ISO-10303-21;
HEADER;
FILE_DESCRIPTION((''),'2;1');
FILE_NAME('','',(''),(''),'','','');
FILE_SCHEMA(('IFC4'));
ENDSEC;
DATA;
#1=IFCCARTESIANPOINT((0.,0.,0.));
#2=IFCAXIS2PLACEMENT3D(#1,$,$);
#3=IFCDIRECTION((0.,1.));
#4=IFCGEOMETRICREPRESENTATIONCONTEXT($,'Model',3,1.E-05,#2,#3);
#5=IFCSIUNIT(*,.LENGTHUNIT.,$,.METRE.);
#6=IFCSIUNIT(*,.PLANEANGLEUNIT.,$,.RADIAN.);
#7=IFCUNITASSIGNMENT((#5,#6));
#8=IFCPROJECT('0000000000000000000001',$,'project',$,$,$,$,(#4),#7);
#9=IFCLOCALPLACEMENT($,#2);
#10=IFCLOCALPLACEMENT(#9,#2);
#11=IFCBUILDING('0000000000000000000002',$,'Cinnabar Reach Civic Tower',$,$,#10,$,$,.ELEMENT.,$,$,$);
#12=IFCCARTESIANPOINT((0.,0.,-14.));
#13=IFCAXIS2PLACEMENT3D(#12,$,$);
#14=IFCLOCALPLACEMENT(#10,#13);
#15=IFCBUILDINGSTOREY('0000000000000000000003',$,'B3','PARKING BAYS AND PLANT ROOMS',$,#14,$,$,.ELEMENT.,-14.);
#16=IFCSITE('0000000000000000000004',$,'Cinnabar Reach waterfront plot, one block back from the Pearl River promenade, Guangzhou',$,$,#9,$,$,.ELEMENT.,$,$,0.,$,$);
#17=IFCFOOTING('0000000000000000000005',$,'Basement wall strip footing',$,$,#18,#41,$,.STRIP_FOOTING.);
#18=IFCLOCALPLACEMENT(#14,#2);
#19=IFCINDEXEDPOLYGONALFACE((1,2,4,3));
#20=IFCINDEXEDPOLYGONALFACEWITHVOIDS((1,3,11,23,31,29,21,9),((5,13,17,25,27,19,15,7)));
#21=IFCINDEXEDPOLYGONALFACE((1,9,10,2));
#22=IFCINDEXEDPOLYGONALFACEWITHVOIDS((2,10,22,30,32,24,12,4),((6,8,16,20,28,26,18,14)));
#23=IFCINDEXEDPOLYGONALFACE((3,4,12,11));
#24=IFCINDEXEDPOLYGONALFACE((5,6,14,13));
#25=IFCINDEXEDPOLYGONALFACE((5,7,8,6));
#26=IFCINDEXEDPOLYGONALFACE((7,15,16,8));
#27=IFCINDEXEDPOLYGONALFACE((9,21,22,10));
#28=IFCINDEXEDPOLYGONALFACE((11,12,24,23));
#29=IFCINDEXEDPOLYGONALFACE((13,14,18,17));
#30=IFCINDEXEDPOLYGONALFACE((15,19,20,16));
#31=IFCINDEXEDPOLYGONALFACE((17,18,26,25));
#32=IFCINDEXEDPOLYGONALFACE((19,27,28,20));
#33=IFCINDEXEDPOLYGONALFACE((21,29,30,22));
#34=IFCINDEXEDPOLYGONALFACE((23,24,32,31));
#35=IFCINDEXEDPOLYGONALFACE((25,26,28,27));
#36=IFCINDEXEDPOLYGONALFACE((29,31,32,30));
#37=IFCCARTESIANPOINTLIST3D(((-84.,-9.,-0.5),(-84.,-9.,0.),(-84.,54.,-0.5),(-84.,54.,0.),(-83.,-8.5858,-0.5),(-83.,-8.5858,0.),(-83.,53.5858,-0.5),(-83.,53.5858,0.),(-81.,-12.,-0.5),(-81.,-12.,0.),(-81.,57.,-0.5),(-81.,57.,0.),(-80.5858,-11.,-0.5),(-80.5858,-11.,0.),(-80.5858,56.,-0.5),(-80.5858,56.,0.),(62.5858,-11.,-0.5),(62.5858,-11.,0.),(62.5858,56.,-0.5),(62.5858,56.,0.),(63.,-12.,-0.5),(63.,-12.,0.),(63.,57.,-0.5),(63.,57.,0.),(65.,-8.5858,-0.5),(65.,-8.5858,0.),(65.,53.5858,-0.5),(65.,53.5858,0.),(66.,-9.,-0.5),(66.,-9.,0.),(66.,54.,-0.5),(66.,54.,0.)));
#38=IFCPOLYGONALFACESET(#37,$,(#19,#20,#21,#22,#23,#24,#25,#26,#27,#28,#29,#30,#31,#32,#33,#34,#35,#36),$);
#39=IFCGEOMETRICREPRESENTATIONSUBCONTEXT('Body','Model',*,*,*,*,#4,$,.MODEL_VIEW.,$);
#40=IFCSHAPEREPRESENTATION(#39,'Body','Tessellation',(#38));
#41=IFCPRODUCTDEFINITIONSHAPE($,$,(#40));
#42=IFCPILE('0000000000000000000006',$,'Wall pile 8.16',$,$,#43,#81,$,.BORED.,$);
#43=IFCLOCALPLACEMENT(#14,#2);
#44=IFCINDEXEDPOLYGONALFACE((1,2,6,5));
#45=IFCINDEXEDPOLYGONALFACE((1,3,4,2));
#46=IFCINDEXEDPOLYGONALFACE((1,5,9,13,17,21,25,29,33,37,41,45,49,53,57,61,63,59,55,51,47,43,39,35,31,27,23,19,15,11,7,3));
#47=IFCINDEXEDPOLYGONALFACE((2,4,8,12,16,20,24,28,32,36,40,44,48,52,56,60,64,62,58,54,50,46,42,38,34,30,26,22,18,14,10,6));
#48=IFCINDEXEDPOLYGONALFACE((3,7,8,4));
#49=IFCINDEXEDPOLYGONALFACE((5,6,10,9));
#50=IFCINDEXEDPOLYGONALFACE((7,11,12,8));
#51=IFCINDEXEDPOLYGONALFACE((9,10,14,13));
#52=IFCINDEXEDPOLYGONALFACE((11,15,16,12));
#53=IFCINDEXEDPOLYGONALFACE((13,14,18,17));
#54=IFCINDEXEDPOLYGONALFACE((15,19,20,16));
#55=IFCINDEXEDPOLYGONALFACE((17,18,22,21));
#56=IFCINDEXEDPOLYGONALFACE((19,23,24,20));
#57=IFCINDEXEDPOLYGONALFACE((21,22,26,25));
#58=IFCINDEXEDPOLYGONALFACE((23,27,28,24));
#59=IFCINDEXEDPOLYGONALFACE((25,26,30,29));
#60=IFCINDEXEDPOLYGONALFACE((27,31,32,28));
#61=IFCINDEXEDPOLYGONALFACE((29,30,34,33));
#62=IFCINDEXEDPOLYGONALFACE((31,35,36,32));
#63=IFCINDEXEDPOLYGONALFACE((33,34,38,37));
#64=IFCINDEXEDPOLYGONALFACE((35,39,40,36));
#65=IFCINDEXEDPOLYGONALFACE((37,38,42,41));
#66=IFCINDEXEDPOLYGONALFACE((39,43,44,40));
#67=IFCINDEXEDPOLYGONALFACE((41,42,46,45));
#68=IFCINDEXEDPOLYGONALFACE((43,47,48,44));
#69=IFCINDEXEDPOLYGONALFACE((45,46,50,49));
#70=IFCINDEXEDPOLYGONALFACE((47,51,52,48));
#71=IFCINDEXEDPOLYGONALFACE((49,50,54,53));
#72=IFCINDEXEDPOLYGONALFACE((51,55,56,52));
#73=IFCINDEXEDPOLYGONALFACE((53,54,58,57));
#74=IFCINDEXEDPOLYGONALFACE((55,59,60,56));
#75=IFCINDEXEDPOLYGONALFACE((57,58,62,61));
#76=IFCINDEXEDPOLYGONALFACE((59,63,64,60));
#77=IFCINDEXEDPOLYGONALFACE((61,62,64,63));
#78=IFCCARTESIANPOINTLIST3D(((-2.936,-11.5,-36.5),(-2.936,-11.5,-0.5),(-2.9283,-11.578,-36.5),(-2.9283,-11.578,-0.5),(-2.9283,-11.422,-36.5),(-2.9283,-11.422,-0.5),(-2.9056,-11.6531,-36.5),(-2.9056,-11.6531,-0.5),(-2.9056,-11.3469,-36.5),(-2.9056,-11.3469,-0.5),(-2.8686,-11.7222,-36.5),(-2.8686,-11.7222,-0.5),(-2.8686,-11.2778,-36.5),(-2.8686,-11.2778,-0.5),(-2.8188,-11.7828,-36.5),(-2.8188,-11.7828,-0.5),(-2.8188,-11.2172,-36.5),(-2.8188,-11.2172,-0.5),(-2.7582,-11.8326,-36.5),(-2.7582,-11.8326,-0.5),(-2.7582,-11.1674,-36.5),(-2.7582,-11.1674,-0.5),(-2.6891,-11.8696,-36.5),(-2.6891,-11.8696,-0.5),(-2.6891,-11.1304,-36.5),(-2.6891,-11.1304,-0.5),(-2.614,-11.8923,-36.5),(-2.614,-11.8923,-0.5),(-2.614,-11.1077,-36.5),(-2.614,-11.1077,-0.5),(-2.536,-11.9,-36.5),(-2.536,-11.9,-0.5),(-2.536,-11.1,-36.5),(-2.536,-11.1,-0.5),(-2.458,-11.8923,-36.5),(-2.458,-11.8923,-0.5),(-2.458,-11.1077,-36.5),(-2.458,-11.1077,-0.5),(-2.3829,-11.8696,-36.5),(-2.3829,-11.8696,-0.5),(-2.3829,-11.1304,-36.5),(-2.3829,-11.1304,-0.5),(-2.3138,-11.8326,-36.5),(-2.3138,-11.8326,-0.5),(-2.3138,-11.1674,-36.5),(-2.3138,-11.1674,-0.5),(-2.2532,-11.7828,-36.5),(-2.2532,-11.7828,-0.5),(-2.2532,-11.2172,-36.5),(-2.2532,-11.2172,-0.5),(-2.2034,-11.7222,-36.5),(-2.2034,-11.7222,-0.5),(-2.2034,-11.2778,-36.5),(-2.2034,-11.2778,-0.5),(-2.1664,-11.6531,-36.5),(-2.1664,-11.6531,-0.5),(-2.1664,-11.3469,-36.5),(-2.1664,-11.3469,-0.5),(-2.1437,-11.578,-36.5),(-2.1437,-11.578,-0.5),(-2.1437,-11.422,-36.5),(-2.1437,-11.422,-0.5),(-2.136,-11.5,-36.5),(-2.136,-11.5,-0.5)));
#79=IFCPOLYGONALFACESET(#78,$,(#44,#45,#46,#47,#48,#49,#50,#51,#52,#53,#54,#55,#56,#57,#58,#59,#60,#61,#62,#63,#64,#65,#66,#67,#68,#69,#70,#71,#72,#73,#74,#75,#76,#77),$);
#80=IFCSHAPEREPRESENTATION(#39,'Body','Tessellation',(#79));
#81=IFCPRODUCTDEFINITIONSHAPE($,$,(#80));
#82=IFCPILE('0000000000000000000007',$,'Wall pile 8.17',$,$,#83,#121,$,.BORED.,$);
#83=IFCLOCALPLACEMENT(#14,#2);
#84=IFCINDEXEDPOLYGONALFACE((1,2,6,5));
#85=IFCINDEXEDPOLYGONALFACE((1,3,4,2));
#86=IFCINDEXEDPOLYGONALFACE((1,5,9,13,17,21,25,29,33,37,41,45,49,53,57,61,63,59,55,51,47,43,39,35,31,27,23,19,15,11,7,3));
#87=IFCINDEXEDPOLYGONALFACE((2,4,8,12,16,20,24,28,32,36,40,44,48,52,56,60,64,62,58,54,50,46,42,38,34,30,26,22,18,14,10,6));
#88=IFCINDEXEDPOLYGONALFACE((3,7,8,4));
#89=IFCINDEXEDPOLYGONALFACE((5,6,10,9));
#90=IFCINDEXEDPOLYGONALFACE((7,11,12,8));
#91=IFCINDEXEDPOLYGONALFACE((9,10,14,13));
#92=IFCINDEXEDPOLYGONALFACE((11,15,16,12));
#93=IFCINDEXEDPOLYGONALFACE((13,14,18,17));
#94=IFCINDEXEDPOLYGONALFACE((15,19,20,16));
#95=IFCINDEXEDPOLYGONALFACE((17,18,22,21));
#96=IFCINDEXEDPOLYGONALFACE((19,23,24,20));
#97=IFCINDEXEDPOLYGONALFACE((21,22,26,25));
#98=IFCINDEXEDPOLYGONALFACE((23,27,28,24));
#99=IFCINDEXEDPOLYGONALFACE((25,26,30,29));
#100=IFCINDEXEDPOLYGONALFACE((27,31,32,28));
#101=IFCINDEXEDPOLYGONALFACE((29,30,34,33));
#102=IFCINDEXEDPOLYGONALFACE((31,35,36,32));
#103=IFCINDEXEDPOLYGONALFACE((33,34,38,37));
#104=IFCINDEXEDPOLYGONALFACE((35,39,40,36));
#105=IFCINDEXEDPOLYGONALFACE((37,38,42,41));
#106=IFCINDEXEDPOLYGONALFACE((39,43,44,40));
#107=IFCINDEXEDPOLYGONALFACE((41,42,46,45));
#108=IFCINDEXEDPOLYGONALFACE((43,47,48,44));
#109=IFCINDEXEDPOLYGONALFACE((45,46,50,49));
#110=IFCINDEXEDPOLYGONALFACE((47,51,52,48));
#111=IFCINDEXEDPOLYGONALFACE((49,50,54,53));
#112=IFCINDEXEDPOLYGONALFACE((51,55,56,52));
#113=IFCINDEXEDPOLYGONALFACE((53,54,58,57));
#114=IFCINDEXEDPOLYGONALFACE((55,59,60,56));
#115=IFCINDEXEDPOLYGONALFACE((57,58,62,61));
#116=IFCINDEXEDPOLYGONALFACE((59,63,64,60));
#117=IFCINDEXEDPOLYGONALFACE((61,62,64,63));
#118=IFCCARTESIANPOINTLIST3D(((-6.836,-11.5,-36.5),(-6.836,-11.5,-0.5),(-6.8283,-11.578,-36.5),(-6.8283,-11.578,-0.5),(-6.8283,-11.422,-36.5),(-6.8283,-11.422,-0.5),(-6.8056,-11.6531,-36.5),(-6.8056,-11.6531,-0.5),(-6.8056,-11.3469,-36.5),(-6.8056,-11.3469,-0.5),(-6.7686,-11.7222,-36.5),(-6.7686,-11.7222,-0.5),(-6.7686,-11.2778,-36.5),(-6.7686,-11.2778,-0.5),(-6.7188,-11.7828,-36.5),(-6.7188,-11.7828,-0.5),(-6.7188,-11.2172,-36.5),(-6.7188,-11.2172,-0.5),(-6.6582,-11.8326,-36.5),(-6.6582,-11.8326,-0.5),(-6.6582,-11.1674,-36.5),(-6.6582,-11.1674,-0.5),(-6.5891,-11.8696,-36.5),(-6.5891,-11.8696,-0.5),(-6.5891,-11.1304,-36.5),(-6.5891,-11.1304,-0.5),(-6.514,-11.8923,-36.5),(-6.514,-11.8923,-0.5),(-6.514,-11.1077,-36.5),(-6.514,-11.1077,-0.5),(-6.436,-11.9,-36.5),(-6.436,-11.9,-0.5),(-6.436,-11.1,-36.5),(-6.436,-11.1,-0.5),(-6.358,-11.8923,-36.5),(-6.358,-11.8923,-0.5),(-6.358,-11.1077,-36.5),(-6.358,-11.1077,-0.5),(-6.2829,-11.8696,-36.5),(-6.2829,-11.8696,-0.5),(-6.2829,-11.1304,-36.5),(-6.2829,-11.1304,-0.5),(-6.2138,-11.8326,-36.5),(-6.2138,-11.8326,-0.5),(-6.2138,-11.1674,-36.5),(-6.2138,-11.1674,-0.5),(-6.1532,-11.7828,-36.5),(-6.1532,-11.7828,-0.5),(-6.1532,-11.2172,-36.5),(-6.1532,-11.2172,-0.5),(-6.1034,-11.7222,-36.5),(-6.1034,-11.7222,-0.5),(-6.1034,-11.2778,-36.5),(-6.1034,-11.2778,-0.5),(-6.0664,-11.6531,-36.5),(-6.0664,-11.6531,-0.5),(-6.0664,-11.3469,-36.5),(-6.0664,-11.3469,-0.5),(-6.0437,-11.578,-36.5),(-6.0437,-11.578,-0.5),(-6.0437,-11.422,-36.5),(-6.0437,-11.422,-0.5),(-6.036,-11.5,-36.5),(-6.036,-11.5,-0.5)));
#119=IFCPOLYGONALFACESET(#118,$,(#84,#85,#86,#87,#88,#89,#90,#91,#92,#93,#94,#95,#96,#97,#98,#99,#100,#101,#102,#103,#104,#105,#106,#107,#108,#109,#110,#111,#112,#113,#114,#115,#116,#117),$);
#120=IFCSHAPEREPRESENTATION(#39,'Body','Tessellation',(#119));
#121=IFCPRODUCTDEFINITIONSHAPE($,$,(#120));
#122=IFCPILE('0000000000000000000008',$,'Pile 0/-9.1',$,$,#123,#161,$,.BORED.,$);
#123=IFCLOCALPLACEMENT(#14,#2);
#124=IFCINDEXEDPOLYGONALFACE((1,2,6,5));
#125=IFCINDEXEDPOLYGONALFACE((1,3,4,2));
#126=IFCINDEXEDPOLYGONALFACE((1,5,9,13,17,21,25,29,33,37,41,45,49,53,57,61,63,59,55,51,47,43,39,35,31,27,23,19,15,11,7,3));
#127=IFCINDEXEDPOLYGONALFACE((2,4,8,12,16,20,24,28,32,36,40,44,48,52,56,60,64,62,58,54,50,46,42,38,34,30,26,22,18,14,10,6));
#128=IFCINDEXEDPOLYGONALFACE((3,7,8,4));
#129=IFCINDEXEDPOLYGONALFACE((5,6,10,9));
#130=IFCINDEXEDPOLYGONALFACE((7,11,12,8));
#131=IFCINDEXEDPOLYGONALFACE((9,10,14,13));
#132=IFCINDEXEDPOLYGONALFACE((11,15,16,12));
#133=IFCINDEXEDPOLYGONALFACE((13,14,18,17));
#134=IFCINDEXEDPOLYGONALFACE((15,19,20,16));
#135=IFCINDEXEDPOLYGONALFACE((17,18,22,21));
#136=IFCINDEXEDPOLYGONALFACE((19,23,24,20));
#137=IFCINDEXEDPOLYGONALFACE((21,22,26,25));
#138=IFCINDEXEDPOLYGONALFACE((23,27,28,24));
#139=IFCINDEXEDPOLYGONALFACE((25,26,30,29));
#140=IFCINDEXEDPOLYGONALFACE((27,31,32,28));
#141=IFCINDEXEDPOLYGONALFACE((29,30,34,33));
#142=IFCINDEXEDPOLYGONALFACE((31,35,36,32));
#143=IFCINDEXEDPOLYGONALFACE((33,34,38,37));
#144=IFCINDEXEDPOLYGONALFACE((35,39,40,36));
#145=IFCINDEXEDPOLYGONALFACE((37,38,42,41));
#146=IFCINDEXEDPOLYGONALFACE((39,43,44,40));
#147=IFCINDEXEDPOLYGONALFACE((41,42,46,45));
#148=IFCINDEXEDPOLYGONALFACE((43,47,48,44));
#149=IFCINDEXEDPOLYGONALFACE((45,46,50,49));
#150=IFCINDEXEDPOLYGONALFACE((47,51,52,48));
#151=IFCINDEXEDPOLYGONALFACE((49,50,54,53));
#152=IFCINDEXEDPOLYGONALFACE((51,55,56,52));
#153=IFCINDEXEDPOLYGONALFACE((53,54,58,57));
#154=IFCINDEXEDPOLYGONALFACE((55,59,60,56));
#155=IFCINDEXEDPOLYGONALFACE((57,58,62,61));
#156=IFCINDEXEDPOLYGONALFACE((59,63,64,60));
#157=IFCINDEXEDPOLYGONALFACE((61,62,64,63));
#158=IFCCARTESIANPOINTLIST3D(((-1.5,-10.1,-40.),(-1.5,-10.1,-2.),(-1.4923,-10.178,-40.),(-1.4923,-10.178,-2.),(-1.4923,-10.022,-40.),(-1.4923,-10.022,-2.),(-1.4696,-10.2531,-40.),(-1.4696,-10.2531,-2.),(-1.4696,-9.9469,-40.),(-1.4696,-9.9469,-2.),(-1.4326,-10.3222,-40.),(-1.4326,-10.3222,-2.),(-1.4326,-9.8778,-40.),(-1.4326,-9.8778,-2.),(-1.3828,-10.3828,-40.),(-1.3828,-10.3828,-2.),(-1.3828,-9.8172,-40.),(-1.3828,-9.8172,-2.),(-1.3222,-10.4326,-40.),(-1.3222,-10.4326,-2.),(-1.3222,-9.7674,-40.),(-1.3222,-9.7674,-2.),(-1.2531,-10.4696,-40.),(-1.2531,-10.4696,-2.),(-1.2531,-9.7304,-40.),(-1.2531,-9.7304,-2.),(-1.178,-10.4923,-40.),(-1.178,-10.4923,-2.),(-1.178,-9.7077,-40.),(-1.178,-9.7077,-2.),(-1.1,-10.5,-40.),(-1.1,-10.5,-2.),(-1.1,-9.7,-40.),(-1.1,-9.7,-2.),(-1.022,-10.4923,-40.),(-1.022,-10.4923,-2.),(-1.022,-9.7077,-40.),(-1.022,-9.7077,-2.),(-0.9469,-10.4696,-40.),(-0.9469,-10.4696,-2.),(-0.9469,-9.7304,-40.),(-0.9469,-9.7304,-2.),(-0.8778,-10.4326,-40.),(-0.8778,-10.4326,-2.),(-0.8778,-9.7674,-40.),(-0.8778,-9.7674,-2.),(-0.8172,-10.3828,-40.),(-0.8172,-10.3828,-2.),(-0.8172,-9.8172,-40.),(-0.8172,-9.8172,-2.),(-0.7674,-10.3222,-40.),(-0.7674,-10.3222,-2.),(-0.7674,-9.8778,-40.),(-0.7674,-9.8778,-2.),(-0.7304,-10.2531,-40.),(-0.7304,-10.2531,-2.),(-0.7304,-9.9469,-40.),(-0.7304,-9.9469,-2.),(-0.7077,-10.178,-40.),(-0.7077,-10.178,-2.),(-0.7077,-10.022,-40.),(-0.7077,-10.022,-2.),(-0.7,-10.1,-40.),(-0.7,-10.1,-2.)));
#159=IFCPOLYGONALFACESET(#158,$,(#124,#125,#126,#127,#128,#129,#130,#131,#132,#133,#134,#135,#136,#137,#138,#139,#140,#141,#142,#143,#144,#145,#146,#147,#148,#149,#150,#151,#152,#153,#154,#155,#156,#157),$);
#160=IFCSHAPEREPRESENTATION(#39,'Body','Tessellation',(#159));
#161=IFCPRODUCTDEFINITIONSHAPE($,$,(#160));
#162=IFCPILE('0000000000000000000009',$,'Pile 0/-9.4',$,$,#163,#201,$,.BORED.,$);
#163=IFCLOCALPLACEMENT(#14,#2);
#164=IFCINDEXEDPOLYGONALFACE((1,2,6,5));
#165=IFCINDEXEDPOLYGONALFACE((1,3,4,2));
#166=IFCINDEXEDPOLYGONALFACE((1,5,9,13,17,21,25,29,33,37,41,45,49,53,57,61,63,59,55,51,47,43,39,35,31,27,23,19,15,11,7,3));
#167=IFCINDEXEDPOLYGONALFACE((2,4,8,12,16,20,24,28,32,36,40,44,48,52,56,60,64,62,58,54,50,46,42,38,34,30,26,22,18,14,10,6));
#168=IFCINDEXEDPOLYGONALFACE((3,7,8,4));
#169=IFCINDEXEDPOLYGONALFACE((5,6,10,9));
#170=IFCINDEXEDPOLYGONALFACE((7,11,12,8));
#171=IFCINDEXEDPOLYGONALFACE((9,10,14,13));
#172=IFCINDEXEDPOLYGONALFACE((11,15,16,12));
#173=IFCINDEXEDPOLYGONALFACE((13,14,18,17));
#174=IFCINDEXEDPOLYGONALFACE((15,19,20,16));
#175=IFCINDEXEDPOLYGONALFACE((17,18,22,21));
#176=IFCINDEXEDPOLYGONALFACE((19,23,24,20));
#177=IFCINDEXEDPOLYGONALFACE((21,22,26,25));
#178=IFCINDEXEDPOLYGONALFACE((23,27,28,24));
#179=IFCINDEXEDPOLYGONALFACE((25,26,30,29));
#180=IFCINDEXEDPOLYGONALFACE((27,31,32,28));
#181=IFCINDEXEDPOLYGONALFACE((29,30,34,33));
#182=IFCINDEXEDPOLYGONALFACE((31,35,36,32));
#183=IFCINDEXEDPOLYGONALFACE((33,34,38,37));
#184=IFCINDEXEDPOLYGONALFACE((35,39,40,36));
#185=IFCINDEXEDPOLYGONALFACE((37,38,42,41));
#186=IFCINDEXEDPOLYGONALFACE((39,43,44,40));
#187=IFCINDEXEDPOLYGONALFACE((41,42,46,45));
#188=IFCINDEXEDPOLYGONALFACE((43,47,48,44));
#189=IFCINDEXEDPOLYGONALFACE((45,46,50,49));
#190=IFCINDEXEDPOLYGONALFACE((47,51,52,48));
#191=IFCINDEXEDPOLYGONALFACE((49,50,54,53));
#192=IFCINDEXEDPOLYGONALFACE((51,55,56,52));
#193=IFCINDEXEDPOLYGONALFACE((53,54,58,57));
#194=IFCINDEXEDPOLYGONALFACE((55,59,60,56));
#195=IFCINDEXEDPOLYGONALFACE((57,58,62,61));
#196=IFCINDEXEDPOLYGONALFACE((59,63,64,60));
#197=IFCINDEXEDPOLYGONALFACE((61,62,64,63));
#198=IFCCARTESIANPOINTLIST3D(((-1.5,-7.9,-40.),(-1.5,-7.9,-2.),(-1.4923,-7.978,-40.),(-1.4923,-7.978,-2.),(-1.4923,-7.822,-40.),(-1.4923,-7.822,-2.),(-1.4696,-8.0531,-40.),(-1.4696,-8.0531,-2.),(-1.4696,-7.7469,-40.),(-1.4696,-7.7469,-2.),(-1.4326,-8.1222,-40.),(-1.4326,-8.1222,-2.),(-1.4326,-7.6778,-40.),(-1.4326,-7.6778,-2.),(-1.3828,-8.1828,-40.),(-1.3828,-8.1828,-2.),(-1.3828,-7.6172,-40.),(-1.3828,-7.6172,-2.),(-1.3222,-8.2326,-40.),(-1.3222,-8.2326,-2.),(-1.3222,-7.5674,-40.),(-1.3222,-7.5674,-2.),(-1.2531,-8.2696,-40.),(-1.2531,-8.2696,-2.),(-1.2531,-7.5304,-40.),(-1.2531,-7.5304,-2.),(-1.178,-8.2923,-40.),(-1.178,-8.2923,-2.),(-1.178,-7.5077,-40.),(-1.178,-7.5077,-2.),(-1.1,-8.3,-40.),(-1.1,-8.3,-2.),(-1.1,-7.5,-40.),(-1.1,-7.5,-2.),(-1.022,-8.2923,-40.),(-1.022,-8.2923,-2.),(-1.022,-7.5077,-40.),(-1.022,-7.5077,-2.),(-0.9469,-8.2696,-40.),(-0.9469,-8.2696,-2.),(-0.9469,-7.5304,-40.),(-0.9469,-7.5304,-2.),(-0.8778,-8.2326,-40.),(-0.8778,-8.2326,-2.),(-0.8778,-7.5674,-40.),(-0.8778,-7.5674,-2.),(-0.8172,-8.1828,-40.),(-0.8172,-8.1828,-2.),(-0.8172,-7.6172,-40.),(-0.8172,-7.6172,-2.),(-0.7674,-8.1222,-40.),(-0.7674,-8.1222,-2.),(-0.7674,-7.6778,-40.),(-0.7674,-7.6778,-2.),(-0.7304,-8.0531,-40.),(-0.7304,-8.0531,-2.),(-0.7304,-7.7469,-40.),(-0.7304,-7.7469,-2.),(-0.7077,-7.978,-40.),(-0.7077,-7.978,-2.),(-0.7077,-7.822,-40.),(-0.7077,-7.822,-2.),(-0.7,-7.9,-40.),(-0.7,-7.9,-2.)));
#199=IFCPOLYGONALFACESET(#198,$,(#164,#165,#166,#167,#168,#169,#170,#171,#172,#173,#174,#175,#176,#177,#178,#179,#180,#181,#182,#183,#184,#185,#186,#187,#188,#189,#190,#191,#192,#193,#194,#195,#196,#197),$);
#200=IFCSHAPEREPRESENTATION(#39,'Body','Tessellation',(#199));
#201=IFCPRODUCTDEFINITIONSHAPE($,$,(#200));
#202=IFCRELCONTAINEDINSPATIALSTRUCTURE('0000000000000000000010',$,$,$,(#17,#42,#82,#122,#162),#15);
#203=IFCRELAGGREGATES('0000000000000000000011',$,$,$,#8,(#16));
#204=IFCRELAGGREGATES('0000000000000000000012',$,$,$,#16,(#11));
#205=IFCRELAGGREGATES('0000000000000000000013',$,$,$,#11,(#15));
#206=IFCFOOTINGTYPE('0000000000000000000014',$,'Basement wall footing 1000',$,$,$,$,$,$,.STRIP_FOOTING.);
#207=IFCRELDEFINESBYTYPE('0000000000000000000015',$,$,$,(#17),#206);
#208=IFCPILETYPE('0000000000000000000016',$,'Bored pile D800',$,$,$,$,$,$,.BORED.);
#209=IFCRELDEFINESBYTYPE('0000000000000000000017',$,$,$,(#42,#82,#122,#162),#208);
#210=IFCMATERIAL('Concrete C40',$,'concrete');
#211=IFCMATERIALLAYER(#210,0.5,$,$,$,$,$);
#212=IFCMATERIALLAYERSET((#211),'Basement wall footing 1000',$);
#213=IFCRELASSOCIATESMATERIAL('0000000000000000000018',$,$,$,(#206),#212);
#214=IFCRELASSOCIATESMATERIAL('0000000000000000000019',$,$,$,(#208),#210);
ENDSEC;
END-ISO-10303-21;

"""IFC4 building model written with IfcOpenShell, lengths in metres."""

from ifc_helpers import new_model, si_unit, direction, frame, origin, origin_2d, place, context, subcontext, project, spatial, polyline, circle, outline, extrude, material, layer, layer_set, type_object, element, save


model = new_model("IFC4")

# Units and contexts
model_context = context("Model", 3, precision=1e-05, world=origin(), true_north=direction((0.0, 1.0)))
body_context = subcontext(model_context, "Body", "Model", "MODEL_VIEW")
ifc_project = project(units=[si_unit("LENGTHUNIT", "METRE"), si_unit("PLANEANGLEUNIT", "RADIAN")], contexts=[model_context])

# Site, building, storey
site_placement = place(None, origin())
site = spatial("IfcSite", under=ifc_project, at=site_placement, Name="Cinnabar Reach waterfront plot, one block back from the Pearl River promenade, Guangzhou", CompositionType="ELEMENT", RefElevation=0.0)
building_placement = place(site_placement, origin())
building = spatial("IfcBuilding", under=site, at=building_placement, Name="Cinnabar Reach Civic Tower", CompositionType="ELEMENT")
storey_placement = place(building_placement, frame((0.0, 0.0, -14.0)))
storey = spatial("IfcBuildingStorey", under=building, at=storey_placement, Name="B3", Description="PARKING BAYS AND PLANT ROOMS", CompositionType="ELEMENT", Elevation=-14.0)

# Footing
ifc_material_1 = material(Name="Concrete C40", Category="concrete")
ifc_layer_1 = layer(ifc_material_1, 0.5)
ifc_layer_set_1 = layer_set([ifc_layer_1], Name="Basement wall footing 1000")
footing_type_1 = type_object("IfcFootingType", Name="Basement wall footing 1000", PredefinedType="STRIP_FOOTING", material=ifc_layer_set_1)
footing_1_placement = place(storey_placement, frame((0.0, 0.0, -0.5)))
element("IfcFooting", 1, at=footing_1_placement, inside=storey, type_object=footing_type_1, Name="Basement wall strip footing", PredefinedType="STRIP_FOOTING", context=body_context, shape_type="SweptSolid", body=[
    extrude(outline(polyline([(-84.0, -9.0), (-84.0, 54.0), (-81.0, 57.0), (63.0, 57.0), (66.0, 54.0), (66.0, -9.0), (63.0, -12.0), (-81.0, -12.0), (-84.0, -9.0)]), holes=[polyline([(62.5858, -11.0), (65.0, -8.5858), (65.0, 53.5858), (62.5858, 56.0), (-80.5858, 56.0), (-83.0, 53.5858), (-83.0, -8.5858), (-80.5858, -11.0), (62.5858, -11.0)])]), origin(), (0.0, 0.0, 1.0), 0.5),
])

# Piles
pile_type = type_object("IfcPileType", Name="Bored pile D800", PredefinedType="BORED", material=ifc_material_1)
for number, where, z_axis, x_axis, name in (
    (2, (-2.536, -11.5, -0.5), (0.0, 0.0, -1.0), (1.0, 0.0, 0.0), "Wall pile 8.16"),
    (3, (-6.436, -11.5, -0.5), (0.0, 0.0, -1.0), (1.0, 0.0, 0.0), "Wall pile 8.17"),
):
    element("IfcPile", number, at=place(storey_placement, frame(where, z_axis=z_axis, x_axis=x_axis)), inside=storey, type_object=pile_type, Name=name, PredefinedType="BORED", context=body_context, shape_type="SweptSolid", body=[
        extrude(circle(Radius=0.4, at=origin_2d()), origin(), (0.0, 0.0, 1.0), 36.0),
    ])
for number, where, z_axis, x_axis, name in (
    (4, (-1.1, -10.1, -2.0), (0.0, 0.0, -1.0), (1.0, 0.0, 0.0), "Pile 0/-9.1"),
    (5, (-1.1, -7.9, -2.0), (0.0, 0.0, -1.0), (1.0, 0.0, 0.0), "Pile 0/-9.4"),
):
    element("IfcPile", number, at=place(storey_placement, frame(where, z_axis=z_axis, x_axis=x_axis)), inside=storey, type_object=pile_type, Name=name, PredefinedType="BORED", context=body_context, shape_type="SweptSolid", body=[
        extrude(circle(Radius=0.4, at=origin_2d()), origin(), (0.0, 0.0, 1.0), 38.0),
    ])

save(model, "model.ifc")
